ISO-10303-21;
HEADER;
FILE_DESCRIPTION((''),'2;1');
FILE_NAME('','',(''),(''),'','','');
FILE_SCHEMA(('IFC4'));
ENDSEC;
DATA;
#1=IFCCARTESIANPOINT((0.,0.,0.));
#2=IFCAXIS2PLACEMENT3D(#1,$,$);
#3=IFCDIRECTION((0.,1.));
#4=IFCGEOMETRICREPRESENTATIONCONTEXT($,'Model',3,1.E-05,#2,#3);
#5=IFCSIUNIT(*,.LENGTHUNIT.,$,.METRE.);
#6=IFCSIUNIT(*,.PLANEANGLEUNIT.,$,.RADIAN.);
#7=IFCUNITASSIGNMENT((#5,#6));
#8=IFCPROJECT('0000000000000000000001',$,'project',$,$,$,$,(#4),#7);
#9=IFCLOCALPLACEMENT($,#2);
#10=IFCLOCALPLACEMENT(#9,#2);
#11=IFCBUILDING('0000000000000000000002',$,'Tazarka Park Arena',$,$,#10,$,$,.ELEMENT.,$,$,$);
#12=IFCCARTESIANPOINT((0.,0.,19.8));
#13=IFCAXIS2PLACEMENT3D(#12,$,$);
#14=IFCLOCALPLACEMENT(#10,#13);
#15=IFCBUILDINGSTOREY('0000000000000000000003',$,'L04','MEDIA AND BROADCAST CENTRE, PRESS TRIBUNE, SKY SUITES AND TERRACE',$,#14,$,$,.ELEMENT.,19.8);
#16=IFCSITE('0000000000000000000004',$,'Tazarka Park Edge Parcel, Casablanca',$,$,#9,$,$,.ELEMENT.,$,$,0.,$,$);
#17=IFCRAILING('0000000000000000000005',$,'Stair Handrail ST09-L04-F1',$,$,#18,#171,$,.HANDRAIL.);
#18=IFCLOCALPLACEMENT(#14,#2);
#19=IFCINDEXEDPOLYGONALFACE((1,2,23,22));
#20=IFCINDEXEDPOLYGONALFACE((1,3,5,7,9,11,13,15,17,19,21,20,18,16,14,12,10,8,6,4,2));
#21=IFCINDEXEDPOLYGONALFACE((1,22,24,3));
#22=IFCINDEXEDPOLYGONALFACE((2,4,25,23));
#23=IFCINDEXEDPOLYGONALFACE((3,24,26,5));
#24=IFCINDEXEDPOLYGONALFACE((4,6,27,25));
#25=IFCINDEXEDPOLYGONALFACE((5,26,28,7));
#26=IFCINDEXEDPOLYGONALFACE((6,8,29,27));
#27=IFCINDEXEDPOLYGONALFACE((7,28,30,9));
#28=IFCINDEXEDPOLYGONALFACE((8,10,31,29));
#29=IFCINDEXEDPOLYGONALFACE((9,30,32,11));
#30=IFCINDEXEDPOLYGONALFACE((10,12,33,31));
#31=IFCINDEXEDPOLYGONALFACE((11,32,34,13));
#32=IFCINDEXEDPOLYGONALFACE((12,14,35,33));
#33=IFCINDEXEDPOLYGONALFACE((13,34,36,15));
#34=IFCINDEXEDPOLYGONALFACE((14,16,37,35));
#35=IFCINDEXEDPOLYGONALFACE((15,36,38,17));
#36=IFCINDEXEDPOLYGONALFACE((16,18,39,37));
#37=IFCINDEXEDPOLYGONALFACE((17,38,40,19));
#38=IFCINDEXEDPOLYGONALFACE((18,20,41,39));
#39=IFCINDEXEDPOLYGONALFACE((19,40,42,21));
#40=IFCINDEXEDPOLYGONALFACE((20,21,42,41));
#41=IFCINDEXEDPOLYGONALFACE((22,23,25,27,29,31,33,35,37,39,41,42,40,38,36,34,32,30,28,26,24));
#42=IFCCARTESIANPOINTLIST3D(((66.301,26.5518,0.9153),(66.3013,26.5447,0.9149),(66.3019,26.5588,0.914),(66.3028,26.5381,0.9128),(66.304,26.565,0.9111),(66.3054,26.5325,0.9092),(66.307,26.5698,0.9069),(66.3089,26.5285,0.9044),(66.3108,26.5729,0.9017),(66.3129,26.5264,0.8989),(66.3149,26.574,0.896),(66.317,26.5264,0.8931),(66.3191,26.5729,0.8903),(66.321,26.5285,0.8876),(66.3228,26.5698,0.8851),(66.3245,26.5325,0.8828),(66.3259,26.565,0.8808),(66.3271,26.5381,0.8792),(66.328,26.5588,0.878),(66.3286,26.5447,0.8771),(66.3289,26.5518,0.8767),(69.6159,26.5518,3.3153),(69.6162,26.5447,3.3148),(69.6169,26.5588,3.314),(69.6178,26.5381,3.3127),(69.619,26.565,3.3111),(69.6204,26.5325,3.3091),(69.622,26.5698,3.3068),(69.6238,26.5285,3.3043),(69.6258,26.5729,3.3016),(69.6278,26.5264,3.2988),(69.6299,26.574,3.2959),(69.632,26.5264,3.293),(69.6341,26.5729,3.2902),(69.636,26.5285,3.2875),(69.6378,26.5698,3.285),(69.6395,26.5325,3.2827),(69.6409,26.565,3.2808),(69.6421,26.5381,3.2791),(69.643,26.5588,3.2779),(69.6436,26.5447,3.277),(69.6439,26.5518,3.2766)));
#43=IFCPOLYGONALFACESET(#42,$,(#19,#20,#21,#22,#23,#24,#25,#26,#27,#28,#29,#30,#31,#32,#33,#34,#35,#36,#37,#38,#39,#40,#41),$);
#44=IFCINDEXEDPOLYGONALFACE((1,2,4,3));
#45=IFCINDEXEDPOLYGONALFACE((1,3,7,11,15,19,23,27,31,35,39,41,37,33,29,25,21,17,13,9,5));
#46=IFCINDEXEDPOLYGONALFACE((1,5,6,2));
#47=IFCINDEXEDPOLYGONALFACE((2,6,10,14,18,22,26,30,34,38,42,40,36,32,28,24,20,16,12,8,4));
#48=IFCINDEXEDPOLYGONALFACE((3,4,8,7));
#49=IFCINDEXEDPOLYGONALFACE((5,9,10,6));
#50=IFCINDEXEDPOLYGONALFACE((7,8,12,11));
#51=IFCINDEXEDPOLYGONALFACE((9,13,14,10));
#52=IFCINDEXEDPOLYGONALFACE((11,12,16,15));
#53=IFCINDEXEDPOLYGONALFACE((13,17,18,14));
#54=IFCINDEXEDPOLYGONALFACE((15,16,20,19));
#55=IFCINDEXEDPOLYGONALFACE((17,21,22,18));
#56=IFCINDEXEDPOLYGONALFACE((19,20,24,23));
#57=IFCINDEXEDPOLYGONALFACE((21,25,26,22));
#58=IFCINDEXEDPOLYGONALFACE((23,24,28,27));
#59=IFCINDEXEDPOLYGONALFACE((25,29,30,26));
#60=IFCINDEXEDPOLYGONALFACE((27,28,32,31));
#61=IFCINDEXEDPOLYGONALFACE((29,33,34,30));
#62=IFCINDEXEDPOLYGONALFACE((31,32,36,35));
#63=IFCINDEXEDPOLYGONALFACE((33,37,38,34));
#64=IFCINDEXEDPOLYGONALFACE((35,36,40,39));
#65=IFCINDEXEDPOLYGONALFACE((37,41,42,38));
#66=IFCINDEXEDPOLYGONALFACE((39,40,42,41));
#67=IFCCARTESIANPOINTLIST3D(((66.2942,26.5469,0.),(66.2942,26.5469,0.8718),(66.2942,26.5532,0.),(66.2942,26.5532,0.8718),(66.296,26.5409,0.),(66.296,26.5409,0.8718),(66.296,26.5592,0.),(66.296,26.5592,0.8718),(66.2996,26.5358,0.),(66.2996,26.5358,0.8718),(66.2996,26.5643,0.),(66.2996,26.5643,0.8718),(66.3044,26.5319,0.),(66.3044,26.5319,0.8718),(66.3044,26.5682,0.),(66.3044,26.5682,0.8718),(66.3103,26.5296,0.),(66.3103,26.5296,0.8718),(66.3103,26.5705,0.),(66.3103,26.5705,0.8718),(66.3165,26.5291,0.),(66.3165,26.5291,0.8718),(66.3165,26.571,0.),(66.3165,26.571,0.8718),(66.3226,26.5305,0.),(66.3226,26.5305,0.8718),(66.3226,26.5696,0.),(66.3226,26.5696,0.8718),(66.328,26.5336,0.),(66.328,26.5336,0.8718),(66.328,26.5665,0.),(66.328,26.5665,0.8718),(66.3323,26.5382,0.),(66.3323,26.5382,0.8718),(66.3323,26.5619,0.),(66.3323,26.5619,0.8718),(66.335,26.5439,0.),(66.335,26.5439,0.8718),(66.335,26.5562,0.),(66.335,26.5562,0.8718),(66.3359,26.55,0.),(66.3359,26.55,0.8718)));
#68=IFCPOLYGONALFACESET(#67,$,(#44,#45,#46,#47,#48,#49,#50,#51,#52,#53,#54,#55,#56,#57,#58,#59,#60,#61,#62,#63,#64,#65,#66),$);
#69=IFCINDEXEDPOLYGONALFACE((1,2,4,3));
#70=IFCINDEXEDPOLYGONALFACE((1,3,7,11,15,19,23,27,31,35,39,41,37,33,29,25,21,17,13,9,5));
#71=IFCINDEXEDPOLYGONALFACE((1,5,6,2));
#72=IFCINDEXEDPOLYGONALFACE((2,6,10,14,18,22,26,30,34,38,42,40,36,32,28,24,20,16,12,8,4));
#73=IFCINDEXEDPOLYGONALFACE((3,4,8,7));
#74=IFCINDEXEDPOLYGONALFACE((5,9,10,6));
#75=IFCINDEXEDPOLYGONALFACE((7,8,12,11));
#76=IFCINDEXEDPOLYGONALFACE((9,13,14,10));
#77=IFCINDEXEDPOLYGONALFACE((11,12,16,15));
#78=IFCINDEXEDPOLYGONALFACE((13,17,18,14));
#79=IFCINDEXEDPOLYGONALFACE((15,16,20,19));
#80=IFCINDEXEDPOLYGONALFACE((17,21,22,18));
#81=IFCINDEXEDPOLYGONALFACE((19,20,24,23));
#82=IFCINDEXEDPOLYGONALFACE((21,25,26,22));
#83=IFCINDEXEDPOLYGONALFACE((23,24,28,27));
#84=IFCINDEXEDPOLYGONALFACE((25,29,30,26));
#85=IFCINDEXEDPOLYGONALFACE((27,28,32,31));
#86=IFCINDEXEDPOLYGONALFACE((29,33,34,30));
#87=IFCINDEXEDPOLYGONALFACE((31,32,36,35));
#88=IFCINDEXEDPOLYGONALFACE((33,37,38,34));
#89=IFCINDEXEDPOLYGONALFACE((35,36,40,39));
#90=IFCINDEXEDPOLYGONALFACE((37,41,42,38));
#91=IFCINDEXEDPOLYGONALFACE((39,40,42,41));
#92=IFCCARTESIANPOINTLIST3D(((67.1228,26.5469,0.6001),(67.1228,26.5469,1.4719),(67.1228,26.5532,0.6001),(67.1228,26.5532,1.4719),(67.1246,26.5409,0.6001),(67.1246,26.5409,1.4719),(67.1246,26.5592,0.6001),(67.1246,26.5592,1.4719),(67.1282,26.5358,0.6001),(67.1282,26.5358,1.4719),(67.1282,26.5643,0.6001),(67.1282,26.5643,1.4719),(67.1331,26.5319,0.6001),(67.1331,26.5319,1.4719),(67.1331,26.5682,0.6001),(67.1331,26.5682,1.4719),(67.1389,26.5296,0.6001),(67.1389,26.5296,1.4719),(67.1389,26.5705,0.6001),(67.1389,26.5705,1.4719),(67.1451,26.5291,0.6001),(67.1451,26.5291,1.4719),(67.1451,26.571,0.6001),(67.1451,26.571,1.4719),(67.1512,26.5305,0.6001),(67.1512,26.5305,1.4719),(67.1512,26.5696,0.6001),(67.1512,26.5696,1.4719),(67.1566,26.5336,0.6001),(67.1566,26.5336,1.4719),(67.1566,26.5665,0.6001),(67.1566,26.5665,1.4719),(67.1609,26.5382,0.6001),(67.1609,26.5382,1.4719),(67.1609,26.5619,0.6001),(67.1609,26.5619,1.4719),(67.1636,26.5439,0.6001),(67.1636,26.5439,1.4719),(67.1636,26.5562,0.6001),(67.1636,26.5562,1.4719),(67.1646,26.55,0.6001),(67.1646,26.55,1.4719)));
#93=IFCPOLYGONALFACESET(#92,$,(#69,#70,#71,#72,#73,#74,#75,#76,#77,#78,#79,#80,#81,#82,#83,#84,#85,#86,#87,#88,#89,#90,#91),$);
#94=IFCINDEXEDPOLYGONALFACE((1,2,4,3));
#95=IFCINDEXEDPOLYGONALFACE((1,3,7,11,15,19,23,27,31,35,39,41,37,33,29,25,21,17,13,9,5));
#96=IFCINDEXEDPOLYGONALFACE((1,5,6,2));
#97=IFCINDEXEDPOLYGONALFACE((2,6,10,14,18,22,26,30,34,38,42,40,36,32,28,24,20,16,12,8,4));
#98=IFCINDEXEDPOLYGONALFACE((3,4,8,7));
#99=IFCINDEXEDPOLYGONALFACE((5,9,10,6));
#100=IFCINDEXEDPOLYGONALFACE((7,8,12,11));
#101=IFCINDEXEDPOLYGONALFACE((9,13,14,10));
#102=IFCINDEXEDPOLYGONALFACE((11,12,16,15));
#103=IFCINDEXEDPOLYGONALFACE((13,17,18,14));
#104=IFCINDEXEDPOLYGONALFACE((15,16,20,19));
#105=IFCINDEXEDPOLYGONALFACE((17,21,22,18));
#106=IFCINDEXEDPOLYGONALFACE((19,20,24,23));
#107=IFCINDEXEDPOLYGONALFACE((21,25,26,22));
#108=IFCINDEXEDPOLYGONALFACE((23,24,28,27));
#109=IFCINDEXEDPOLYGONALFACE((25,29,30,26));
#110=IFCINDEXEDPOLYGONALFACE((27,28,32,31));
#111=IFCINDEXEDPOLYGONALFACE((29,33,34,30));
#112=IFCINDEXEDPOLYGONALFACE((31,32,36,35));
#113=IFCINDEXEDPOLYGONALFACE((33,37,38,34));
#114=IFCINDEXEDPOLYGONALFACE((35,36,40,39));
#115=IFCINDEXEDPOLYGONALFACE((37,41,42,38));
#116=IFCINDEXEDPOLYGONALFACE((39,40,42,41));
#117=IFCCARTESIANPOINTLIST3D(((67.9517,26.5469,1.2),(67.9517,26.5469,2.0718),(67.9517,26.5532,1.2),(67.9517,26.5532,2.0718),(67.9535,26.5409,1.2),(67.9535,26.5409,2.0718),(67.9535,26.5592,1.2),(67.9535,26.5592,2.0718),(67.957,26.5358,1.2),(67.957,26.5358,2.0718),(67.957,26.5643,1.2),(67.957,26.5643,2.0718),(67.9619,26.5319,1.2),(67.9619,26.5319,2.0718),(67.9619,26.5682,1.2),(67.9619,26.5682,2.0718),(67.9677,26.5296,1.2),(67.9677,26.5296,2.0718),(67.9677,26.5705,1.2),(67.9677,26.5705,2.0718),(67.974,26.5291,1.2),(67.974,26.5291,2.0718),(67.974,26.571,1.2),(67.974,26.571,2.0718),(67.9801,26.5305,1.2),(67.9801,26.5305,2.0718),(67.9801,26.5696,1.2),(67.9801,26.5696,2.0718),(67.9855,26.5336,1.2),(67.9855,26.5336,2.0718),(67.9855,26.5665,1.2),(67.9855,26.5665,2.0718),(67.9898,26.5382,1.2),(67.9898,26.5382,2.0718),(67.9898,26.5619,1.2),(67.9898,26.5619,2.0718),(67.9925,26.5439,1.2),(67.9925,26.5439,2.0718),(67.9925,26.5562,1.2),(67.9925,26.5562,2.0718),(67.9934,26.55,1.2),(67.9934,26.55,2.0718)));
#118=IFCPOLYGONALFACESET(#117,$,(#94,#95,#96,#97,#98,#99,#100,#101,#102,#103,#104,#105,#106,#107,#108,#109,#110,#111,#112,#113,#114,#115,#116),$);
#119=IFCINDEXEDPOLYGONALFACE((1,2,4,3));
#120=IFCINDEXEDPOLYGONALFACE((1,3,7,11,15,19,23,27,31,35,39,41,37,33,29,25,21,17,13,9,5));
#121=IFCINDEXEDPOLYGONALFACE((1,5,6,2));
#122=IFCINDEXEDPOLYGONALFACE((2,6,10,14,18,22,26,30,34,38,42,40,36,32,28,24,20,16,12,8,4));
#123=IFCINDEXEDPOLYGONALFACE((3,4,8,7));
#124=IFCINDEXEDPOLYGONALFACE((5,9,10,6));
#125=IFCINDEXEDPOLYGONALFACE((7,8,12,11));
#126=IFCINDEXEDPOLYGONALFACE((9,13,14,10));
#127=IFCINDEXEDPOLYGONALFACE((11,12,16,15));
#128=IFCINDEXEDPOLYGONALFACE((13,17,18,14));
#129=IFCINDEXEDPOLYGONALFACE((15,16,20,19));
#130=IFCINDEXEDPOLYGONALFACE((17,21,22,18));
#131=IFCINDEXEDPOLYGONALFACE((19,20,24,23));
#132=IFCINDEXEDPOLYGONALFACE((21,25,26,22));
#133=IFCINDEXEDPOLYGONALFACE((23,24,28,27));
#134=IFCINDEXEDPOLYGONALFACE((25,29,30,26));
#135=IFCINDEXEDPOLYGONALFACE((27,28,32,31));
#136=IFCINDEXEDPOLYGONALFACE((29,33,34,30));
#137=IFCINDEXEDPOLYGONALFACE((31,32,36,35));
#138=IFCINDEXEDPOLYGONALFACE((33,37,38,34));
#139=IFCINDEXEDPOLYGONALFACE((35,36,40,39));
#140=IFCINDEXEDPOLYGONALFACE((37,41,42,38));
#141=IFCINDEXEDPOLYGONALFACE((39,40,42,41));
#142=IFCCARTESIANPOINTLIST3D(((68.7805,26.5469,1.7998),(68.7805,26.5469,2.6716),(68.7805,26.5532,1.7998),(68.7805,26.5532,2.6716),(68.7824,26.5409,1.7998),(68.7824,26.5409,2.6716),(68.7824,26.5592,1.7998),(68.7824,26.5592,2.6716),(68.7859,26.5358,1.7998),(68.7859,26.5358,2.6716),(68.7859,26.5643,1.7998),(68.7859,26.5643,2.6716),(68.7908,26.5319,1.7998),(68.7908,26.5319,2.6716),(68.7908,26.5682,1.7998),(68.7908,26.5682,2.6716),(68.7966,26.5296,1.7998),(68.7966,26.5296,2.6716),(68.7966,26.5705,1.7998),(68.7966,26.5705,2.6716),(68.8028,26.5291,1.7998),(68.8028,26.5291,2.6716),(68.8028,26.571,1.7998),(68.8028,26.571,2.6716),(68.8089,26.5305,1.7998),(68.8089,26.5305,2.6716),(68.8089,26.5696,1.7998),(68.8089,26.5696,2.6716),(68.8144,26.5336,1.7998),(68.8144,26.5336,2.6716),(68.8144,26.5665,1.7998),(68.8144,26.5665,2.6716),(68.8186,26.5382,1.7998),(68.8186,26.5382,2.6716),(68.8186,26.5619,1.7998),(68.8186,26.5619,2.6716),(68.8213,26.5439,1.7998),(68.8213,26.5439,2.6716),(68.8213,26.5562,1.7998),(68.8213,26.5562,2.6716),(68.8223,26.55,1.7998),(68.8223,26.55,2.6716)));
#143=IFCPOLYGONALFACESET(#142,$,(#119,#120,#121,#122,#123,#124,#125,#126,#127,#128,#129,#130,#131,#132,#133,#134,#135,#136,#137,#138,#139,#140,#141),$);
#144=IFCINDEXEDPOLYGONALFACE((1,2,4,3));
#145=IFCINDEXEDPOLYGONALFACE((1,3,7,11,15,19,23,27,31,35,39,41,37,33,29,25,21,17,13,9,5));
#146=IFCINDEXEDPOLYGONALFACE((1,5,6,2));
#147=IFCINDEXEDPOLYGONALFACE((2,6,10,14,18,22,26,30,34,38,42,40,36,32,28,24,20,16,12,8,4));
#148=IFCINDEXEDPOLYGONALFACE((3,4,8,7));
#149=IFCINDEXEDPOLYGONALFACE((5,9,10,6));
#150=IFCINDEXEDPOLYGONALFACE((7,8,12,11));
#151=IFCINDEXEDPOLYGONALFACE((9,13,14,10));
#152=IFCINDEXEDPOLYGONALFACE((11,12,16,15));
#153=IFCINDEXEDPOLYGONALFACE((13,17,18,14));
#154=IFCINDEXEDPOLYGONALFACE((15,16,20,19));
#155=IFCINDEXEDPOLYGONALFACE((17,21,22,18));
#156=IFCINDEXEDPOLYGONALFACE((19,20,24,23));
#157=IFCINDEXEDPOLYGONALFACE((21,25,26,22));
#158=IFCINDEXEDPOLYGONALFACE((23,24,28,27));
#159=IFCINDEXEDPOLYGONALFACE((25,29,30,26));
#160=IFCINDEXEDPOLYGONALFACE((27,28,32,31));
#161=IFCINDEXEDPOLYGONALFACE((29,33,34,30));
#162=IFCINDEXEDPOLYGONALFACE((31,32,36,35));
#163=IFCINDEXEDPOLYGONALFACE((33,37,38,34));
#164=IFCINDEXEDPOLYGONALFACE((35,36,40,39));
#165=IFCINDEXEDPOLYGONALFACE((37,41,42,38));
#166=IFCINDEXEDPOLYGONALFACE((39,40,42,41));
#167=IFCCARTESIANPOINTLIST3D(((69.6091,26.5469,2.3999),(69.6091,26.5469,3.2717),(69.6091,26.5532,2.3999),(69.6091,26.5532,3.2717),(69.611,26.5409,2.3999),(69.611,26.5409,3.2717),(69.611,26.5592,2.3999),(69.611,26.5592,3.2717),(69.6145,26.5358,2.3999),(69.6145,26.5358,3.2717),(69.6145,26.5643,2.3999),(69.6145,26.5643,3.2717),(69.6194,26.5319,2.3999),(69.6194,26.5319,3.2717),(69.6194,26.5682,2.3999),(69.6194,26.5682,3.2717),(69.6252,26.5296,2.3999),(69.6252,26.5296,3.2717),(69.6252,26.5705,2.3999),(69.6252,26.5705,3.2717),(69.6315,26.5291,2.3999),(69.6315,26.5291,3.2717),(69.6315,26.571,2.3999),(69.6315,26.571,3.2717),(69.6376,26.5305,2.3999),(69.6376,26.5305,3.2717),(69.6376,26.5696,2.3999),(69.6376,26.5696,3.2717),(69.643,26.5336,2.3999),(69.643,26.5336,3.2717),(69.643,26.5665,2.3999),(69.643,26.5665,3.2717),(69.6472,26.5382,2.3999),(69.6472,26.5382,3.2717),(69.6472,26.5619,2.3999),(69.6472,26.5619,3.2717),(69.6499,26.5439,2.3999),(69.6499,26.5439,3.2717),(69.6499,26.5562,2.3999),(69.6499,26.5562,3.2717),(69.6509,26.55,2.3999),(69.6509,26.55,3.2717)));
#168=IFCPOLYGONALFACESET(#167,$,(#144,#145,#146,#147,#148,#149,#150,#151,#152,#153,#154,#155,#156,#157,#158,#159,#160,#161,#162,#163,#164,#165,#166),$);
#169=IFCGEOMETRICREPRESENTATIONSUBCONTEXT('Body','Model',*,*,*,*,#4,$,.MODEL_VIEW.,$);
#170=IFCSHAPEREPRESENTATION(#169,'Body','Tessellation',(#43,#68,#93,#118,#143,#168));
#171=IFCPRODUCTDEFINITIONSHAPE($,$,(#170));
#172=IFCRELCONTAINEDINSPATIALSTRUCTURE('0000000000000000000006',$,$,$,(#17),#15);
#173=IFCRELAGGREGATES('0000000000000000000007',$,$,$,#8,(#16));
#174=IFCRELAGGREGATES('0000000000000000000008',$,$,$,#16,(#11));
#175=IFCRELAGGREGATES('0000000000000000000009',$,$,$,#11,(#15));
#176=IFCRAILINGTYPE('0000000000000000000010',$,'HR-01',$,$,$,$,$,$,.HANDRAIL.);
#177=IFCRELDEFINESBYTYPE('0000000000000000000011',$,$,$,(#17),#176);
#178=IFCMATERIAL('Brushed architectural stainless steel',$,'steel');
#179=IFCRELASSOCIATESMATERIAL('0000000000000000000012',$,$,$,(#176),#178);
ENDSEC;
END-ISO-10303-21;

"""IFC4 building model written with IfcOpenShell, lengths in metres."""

from ifc_helpers import new_model, si_unit, direction, frame, origin, origin_2d, place, context, subcontext, project, spatial, circle, extrude, material, type_object, element, save


model = new_model("IFC4")

# Units and contexts
model_context = context("Model", 3, precision=1e-05, world=origin(), true_north=direction((0.0, 1.0)))
body_context = subcontext(model_context, "Body", "Model", "MODEL_VIEW")
ifc_project = project(units=[si_unit("LENGTHUNIT", "METRE"), si_unit("PLANEANGLEUNIT", "RADIAN")], contexts=[model_context])

# Site, building, storey
site_placement = place(None, origin())
site = spatial("IfcSite", under=ifc_project, at=site_placement, Name="Tazarka Park Edge Parcel, Casablanca", CompositionType="ELEMENT", RefElevation=0.0)
building_placement = place(site_placement, origin())
building = spatial("IfcBuilding", under=site, at=building_placement, Name="Tazarka Park Arena", CompositionType="ELEMENT")
storey_placement = place(building_placement, frame((0.0, 0.0, 19.8)))
storey = spatial("IfcBuildingStorey", under=building, at=storey_placement, Name="L04", Description="MEDIA AND BROADCAST CENTRE, PRESS TRIBUNE, SKY SUITES AND TERRACE", CompositionType="ELEMENT", Elevation=19.8)

# Railing
ifc_material_1 = material(Name="Brushed architectural stainless steel", Category="steel")
railing_type_1 = type_object("IfcRailingType", Name="HR-01", PredefinedType="HANDRAIL", material=ifc_material_1)
railing_1_placement = place(storey_placement, frame((66.3149, 26.55, 0.0)))
element("IfcRailing", 1, at=railing_1_placement, inside=storey, type_object=railing_type_1, Name="Stair Handrail ST09-L04-F1", PredefinedType="HANDRAIL", context=body_context, shape_type="SweptSolid", body=[
    extrude(circle(Radius=0.0239, at=origin_2d()), frame((0.0, 0.0, 0.896), z_axis=(0.810009, 0.0, 0.586418), x_axis=(0.0, 1.0, 0.0)), (0.0, 0.0, 1.0), 4.0925),
    extrude(circle(Radius=0.021, at=origin_2d()), origin(), (0.0, 0.0, 1.0), 0.8718),
    extrude(circle(Radius=0.021, at=origin_2d()), frame((0.8286, 0.0, 0.6001)), (0.0, 0.0, 1.0), 0.8718),
    extrude(circle(Radius=0.021, at=origin_2d()), frame((1.6575, 0.0, 1.2)), (0.0, 0.0, 1.0), 0.8718),
    extrude(circle(Radius=0.021, at=origin_2d()), frame((2.4863, 0.0, 1.7998)), (0.0, 0.0, 1.0), 0.8718),
    extrude(circle(Radius=0.021, at=origin_2d()), frame((3.3149, 0.0, 2.3999)), (0.0, 0.0, 1.0), 0.8718),
])

save(model, "model.ifc")
